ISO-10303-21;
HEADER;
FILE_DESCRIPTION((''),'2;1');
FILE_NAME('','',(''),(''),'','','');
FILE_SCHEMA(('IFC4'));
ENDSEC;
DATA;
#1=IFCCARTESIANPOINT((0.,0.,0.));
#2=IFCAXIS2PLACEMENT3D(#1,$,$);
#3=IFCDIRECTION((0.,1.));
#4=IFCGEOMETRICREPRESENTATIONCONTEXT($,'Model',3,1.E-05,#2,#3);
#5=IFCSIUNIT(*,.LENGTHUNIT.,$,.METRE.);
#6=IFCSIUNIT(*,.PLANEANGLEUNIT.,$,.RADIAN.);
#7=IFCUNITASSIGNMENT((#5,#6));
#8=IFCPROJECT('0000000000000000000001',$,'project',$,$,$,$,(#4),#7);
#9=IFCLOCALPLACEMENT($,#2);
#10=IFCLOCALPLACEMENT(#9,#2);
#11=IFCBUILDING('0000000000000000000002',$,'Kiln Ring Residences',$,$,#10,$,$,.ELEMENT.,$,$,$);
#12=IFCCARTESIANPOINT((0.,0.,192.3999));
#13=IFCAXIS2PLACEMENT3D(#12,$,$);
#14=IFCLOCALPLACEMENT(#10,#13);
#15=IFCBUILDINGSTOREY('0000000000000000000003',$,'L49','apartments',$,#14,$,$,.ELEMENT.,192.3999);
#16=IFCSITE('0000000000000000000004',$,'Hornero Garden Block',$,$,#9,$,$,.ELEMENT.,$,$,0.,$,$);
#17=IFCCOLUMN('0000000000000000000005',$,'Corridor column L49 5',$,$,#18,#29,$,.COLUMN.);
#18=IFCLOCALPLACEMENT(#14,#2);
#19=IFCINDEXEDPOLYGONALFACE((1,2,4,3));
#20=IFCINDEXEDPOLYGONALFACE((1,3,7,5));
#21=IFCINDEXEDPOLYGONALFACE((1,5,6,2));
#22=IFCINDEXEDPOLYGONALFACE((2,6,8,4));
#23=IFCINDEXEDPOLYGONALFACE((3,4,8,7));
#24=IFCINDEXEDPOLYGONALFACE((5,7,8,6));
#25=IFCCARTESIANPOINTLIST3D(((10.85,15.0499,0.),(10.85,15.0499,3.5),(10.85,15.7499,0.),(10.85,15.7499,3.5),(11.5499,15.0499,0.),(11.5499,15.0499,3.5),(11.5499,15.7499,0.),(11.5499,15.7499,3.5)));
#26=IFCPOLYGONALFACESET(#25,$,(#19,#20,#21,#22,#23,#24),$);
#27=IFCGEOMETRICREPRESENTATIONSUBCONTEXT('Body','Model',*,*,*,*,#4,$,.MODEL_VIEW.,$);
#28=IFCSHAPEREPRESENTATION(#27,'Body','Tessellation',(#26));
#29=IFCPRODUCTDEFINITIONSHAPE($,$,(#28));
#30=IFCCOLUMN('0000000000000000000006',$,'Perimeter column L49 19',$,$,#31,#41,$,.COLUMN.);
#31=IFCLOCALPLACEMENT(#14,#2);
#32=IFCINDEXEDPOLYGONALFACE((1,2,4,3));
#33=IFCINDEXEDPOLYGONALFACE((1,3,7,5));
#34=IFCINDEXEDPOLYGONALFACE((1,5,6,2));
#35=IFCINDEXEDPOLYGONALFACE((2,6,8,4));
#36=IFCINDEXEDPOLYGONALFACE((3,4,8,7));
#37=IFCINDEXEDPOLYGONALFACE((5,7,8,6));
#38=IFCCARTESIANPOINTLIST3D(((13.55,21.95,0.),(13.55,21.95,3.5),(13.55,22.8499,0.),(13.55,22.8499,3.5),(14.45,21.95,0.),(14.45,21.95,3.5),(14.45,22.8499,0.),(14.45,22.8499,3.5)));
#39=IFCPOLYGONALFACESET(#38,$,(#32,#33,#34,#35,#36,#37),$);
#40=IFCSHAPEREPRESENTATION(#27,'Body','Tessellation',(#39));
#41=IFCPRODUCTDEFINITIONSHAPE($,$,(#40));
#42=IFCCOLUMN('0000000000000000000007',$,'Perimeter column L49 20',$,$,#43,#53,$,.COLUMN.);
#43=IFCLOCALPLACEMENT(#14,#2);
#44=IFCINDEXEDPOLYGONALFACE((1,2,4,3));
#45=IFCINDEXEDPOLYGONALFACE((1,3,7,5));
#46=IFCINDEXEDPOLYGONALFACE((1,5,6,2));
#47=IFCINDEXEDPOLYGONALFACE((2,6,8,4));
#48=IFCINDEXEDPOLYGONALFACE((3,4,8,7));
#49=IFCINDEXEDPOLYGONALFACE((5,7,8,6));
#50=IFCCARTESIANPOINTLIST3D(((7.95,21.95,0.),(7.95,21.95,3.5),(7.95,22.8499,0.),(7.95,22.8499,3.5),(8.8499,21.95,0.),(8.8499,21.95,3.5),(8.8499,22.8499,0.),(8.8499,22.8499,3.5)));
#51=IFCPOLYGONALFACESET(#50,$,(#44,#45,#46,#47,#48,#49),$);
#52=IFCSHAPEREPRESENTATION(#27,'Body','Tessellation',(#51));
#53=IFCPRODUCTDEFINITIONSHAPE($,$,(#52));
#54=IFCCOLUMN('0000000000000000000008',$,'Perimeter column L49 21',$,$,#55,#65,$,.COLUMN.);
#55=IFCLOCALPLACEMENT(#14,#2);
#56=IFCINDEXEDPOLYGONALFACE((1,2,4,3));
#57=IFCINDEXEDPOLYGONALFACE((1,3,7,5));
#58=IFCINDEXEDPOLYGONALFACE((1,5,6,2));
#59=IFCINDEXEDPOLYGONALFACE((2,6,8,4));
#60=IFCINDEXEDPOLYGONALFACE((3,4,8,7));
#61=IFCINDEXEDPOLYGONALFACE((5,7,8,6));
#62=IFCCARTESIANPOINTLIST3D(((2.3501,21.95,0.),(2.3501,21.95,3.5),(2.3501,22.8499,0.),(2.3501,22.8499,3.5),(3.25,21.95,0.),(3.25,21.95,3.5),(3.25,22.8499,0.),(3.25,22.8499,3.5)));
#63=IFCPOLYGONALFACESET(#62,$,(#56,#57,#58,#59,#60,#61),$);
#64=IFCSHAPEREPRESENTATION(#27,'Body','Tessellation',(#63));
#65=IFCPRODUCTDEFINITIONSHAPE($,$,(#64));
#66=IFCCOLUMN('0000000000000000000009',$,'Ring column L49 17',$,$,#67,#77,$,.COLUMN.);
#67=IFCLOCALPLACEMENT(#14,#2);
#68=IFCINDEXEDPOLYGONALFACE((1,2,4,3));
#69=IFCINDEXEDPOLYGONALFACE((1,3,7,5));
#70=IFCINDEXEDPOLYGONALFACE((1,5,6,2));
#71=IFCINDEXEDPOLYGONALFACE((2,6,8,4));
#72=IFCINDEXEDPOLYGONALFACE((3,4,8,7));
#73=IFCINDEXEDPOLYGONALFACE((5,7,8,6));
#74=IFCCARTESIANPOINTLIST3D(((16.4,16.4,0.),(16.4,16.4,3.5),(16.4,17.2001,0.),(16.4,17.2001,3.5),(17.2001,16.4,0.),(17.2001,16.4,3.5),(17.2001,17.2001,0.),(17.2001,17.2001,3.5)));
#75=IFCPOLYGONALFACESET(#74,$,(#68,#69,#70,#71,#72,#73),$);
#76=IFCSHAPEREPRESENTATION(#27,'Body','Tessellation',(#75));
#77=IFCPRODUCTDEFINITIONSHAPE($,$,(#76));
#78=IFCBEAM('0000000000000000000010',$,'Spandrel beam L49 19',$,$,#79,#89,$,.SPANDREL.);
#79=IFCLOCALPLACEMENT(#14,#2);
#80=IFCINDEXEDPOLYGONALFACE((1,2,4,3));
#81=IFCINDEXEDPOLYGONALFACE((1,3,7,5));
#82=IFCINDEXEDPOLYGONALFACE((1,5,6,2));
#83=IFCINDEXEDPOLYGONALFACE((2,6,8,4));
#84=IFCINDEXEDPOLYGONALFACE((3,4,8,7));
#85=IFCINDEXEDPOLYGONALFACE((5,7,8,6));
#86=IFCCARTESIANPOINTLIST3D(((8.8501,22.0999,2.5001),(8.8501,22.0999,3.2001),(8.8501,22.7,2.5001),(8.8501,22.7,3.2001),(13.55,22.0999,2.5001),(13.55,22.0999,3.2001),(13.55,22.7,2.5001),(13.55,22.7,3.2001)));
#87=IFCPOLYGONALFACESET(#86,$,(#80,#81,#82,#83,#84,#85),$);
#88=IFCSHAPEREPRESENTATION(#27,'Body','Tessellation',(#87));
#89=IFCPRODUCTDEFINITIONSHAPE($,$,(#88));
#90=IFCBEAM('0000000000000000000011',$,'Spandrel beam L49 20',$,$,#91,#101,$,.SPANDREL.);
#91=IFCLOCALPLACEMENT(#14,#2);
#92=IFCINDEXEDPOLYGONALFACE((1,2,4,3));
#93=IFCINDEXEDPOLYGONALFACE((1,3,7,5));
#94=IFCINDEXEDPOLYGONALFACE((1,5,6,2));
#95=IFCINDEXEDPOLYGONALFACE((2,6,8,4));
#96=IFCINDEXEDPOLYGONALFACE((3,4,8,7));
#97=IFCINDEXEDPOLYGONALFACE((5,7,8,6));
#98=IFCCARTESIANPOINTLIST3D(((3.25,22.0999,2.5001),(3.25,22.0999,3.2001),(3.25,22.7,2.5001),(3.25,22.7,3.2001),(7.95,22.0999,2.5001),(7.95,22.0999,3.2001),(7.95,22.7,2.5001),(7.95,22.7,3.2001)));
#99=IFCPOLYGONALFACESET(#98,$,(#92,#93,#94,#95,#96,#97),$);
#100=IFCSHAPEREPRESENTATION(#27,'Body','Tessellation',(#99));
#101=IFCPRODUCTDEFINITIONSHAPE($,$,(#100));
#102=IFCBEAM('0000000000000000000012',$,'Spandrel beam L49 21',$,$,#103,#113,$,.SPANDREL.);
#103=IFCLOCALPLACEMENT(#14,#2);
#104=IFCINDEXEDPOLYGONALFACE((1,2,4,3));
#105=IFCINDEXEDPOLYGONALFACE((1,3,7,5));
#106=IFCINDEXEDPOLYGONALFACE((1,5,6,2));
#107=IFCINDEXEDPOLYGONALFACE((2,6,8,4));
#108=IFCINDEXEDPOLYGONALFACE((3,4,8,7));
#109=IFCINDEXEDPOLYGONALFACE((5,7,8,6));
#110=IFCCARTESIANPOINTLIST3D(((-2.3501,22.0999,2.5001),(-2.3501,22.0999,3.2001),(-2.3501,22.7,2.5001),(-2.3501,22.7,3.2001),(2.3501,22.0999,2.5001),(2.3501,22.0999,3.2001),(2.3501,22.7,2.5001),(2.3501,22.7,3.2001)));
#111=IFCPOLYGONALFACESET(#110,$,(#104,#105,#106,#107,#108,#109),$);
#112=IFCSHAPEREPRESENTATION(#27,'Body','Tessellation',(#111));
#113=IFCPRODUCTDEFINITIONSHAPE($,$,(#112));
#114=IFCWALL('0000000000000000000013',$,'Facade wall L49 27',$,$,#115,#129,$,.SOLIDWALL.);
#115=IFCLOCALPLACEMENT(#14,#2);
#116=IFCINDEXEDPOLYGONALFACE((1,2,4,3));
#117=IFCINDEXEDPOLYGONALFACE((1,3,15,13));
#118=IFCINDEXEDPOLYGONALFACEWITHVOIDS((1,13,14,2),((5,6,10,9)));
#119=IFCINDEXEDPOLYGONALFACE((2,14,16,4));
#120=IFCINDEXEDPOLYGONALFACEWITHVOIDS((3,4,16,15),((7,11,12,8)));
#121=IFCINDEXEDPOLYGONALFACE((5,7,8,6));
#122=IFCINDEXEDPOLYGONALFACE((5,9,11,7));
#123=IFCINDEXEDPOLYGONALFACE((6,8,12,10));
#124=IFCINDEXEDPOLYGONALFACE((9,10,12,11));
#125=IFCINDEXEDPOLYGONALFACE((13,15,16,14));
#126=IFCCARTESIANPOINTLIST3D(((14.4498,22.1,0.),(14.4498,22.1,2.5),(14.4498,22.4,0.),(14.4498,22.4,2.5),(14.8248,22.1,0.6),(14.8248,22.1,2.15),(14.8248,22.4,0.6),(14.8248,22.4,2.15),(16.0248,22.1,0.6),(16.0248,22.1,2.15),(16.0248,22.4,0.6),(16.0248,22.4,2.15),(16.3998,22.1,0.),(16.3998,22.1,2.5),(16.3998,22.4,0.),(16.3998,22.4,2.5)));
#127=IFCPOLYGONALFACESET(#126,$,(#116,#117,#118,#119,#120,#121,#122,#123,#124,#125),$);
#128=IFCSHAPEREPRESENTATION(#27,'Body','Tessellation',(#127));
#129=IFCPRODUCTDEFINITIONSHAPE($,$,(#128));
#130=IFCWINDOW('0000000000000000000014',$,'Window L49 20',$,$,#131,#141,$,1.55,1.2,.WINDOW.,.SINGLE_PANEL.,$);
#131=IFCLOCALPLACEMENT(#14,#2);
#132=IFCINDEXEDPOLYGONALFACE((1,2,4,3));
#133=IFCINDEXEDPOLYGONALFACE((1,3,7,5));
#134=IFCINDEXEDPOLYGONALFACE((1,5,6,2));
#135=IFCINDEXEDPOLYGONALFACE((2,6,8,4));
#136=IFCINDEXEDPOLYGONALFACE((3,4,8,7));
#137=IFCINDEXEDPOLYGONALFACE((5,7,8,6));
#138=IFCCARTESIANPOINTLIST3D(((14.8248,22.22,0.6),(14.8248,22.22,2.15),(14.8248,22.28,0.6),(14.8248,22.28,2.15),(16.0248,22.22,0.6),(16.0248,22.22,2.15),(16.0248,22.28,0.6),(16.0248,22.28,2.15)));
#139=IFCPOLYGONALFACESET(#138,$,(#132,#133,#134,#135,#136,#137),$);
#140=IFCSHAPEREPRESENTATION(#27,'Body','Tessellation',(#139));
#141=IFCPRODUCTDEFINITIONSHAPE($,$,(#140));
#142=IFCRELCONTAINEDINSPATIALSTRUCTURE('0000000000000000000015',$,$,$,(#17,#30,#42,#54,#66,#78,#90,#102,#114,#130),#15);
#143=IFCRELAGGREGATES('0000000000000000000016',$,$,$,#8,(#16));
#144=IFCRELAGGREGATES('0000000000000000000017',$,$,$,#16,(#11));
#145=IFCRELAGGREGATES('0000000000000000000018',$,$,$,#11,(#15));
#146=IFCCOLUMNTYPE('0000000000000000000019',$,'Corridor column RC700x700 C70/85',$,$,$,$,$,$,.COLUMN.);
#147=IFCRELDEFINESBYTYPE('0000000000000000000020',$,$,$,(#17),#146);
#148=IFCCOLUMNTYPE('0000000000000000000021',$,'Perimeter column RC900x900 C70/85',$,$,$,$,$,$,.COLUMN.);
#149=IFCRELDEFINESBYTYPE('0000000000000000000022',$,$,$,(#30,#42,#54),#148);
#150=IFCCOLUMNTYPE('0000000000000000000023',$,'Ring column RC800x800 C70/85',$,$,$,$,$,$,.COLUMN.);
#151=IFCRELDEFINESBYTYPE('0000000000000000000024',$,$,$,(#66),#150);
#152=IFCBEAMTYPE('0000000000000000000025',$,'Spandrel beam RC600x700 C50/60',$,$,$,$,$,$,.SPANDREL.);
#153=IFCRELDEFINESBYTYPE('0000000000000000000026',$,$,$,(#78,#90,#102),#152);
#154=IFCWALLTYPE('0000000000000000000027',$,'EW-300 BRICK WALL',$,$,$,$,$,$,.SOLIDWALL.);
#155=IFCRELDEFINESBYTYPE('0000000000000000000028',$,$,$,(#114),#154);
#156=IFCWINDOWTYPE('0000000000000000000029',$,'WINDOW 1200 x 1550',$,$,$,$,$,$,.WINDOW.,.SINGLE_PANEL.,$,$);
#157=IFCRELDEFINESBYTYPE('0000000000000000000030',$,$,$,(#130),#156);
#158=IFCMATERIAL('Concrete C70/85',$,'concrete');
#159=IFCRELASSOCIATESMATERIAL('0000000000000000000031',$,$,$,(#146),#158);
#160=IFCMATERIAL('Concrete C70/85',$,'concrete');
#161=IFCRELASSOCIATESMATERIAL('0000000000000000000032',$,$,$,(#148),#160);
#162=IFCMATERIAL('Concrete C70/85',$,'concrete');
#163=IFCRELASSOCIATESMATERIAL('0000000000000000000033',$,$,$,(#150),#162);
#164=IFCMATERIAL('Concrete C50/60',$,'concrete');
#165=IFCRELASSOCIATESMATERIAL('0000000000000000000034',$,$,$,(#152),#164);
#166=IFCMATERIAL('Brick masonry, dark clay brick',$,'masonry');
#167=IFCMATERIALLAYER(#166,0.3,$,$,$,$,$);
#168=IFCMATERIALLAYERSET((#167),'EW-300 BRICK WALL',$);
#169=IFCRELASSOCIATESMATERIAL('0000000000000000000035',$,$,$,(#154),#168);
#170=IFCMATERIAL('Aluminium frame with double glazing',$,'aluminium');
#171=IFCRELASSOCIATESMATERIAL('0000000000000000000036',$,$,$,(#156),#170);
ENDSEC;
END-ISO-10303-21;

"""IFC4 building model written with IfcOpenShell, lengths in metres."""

from ifc_helpers import new_model, si_unit, direction, frame, frame_2d, origin, origin_2d, place, context, subcontext, project, spatial, rectangle, extrude, material, layer, layer_set, material_profile, profile_set, type_object, element, fill, save


model = new_model("IFC4")

# Units and contexts
model_context = context("Model", 3, precision=1e-05, world=origin(), true_north=direction((0.0, 1.0)))
body_context = subcontext(model_context, "Body", "Model", "MODEL_VIEW")
ifc_project = project(units=[si_unit("LENGTHUNIT", "METRE"), si_unit("PLANEANGLEUNIT", "RADIAN")], contexts=[model_context])

# Site, building, storey
site_placement = place(None, origin())
site = spatial("IfcSite", under=ifc_project, at=site_placement, Name="Hornero Garden Block", CompositionType="ELEMENT", RefElevation=0.0)
building_placement = place(site_placement, origin())
building = spatial("IfcBuilding", under=site, at=building_placement, Name="Kiln Ring Residences", CompositionType="ELEMENT")
storey_placement = place(building_placement, frame((0.0, 0.0, 192.3999)))
storey = spatial("IfcBuildingStorey", under=building, at=storey_placement, Name="L49", Description="apartments", CompositionType="ELEMENT", Elevation=192.3999)

# Columns
ifc_material_1 = material(Name="Concrete C70/85", Category="concrete")
ifc_material_profile_1 = material_profile(ifc_material_1, rectangle(XDim=0.7, YDim=0.7, at=origin_2d()), Name="RC700x700")
ifc_profile_set_1 = profile_set([ifc_material_profile_1], Name="Concrete C70/85")
column_type_1 = type_object("IfcColumnType", Name="Corridor column RC700x700 C70/85", PredefinedType="COLUMN", material=ifc_profile_set_1)
column_1_placement = place(storey_placement, frame((11.2, 15.3999, 0.0), z_axis=(0.0, 0.0, 1.0), x_axis=(1.0, 0.0, 0.0)))
element("IfcColumn", 1, at=column_1_placement, inside=storey, type_object=column_type_1, Name="Corridor column L49 5", PredefinedType="COLUMN", context=body_context, shape_type="SweptSolid", body=[
    extrude(rectangle(XDim=0.7, YDim=0.7, at=origin_2d()), origin(), (0.0, 0.0, 1.0), 3.5),
])
ifc_material_2 = material(Name="Concrete C70/85", Category="concrete")
ifc_material_profile_2 = material_profile(ifc_material_2, rectangle(XDim=0.8999, YDim=0.8999, at=origin_2d()), Name="RC900x900")
ifc_profile_set_2 = profile_set([ifc_material_profile_2], Name="Concrete C70/85")
column_type_2 = type_object("IfcColumnType", Name="Perimeter column RC900x900 C70/85", PredefinedType="COLUMN", material=ifc_profile_set_2)
for number, where, z_axis, x_axis, name in (
    (2, (14.0, 22.3999, 0.0), (0.0, 0.0, 1.0), (1.0, 0.0, 0.0), "Perimeter column L49 19"),
    (3, (8.3999, 22.3999, 0.0), (0.0, 0.0, 1.0), (1.0, 0.0, 0.0), "Perimeter column L49 20"),
    (4, (2.8, 22.3999, 0.0), (0.0, 0.0, 1.0), (1.0, 0.0, 0.0), "Perimeter column L49 21"),
):
    element("IfcColumn", number, at=place(storey_placement, frame(where, z_axis=z_axis, x_axis=x_axis)), inside=storey, type_object=column_type_2, Name=name, PredefinedType="COLUMN", context=body_context, shape_type="SweptSolid", body=[
        extrude(rectangle(XDim=0.8999, YDim=0.8999, at=origin_2d()), origin(), (0.0, 0.0, 1.0), 3.5),
    ])
ifc_material_3 = material(Name="Concrete C70/85", Category="concrete")
ifc_material_profile_3 = material_profile(ifc_material_3, rectangle(XDim=0.8, YDim=0.8, at=origin_2d()), Name="RC800x800")
ifc_profile_set_3 = profile_set([ifc_material_profile_3], Name="Concrete C70/85")
column_type_3 = type_object("IfcColumnType", Name="Ring column RC800x800 C70/85", PredefinedType="COLUMN", material=ifc_profile_set_3)
column_2_placement = place(storey_placement, frame((16.8, 16.8, 0.0), z_axis=(0.0, 0.0, 1.0), x_axis=(1.0, 0.0, 0.0)))
element("IfcColumn", 5, at=column_2_placement, inside=storey, type_object=column_type_3, Name="Ring column L49 17", PredefinedType="COLUMN", context=body_context, shape_type="SweptSolid", body=[
    extrude(rectangle(XDim=0.8, YDim=0.8, at=origin_2d()), origin(), (0.0, 0.0, 1.0), 3.5),
])

# Beams
ifc_material_4 = material(Name="Concrete C50/60", Category="concrete")
ifc_material_profile_4 = material_profile(ifc_material_4, rectangle(XDim=0.6001, YDim=0.7, at=origin_2d()), Name="RC600x700")
ifc_profile_set_4 = profile_set([ifc_material_profile_4], Name="Concrete C50/60")
beam_type = type_object("IfcBeamType", Name="Spandrel beam RC600x700 C50/60", PredefinedType="SPANDREL", material=ifc_profile_set_4)
for number, where, z_axis, x_axis, name in (
    (6, (13.55, 22.3999, 2.8501), (-1.0, 0.0, 0.0), (0.0, -1.0, 0.0), "Spandrel beam L49 19"),
    (7, (7.95, 22.3999, 2.8501), (-1.0, 0.0, 0.0), (0.0, -1.0, 0.0), "Spandrel beam L49 20"),
):
    element("IfcBeam", number, at=place(storey_placement, frame(where, z_axis=z_axis, x_axis=x_axis)), inside=storey, type_object=beam_type, Name=name, PredefinedType="SPANDREL", context=body_context, shape_type="SweptSolid", body=[
        extrude(rectangle(XDim=0.6001, YDim=0.7, at=origin_2d()), origin(), (0.0, 0.0, 1.0), 4.7),
    ])
beam_placement = place(storey_placement, frame((2.3501, 22.3999, 2.8501), z_axis=(-1.0, 0.0, 0.0), x_axis=(0.0, -1.0, 0.0)))
element("IfcBeam", 8, at=beam_placement, inside=storey, type_object=beam_type, Name="Spandrel beam L49 21", PredefinedType="SPANDREL", context=body_context, shape_type="SweptSolid", body=[
    extrude(rectangle(XDim=0.6001, YDim=0.7, at=origin_2d()), origin(), (0.0, 0.0, 1.0), 4.7002),
])

# Wall, opening, window
ifc_material_5 = material(Name="Brick masonry, dark clay brick", Category="masonry")
ifc_layer_1 = layer(ifc_material_5, 0.3)
ifc_layer_set_1 = layer_set([ifc_layer_1], Name="EW-300 BRICK WALL")
wall_type_1 = type_object("IfcWallType", Name="EW-300 BRICK WALL", PredefinedType="SOLIDWALL", material=ifc_layer_set_1)
wall_1_placement = place(storey_placement, frame((16.3999, 22.25, 0.0), z_axis=(0.0, 0.0, 1.0), x_axis=(-1.0, 0.0, 0.0)))
wall_1 = element("IfcWall", 9, at=wall_1_placement, inside=storey, type_object=wall_type_1, Name="Facade wall L49 27", PredefinedType="SOLIDWALL", context=body_context, shape_type="SweptSolid", body=[
    extrude(rectangle(XDim=1.95, YDim=0.3, at=frame_2d((0.9751, 0.0))), origin(), (0.0, 0.0, 1.0), 2.5),
])
opening_1_placement = place(wall_1_placement, frame((0.375, 0.0, 0.6001)))
opening_1 = element("IfcOpeningElement", 10, at=opening_1_placement, cuts=wall_1, PredefinedType="OPENING", context=body_context, shape_type="SweptSolid", body=[
    extrude(rectangle(XDim=1.2, YDim=1.55, at=frame_2d((0.6001, 0.7749))), frame((0.0, 0.1599, 0.0), z_axis=(0.0, -1.0, 0.0), x_axis=(1.0, 0.0, 0.0)), (0.0, 0.0, 1.0), 0.3201),
])
ifc_material_6 = material(Name="Aluminium frame with double glazing", Category="aluminium")
window_type = type_object("IfcWindowType", Name="WINDOW 1200 x 1550", PartitioningType="SINGLE_PANEL", PredefinedType="WINDOW", material=ifc_material_6)
window_1_placement = place(opening_1_placement, origin())
window_1 = element("IfcWindow", 11, at=window_1_placement, inside=storey, type_object=window_type, Name="Window L49 20", OverallHeight=1.55, OverallWidth=1.2, PartitioningType="SINGLE_PANEL", PredefinedType="WINDOW", context=body_context, shape_type="SweptSolid", body=[
    extrude(rectangle(XDim=1.2, YDim=1.55, at=frame_2d((0.6001, 0.7749))), frame((0.0, 0.03, 0.0), z_axis=(0.0, -1.0, 0.0), x_axis=(1.0, 0.0, 0.0)), (0.0, 0.0, 1.0), 0.0601),
])
fill(opening_1, window_1)

save(model, "model.ifc")
